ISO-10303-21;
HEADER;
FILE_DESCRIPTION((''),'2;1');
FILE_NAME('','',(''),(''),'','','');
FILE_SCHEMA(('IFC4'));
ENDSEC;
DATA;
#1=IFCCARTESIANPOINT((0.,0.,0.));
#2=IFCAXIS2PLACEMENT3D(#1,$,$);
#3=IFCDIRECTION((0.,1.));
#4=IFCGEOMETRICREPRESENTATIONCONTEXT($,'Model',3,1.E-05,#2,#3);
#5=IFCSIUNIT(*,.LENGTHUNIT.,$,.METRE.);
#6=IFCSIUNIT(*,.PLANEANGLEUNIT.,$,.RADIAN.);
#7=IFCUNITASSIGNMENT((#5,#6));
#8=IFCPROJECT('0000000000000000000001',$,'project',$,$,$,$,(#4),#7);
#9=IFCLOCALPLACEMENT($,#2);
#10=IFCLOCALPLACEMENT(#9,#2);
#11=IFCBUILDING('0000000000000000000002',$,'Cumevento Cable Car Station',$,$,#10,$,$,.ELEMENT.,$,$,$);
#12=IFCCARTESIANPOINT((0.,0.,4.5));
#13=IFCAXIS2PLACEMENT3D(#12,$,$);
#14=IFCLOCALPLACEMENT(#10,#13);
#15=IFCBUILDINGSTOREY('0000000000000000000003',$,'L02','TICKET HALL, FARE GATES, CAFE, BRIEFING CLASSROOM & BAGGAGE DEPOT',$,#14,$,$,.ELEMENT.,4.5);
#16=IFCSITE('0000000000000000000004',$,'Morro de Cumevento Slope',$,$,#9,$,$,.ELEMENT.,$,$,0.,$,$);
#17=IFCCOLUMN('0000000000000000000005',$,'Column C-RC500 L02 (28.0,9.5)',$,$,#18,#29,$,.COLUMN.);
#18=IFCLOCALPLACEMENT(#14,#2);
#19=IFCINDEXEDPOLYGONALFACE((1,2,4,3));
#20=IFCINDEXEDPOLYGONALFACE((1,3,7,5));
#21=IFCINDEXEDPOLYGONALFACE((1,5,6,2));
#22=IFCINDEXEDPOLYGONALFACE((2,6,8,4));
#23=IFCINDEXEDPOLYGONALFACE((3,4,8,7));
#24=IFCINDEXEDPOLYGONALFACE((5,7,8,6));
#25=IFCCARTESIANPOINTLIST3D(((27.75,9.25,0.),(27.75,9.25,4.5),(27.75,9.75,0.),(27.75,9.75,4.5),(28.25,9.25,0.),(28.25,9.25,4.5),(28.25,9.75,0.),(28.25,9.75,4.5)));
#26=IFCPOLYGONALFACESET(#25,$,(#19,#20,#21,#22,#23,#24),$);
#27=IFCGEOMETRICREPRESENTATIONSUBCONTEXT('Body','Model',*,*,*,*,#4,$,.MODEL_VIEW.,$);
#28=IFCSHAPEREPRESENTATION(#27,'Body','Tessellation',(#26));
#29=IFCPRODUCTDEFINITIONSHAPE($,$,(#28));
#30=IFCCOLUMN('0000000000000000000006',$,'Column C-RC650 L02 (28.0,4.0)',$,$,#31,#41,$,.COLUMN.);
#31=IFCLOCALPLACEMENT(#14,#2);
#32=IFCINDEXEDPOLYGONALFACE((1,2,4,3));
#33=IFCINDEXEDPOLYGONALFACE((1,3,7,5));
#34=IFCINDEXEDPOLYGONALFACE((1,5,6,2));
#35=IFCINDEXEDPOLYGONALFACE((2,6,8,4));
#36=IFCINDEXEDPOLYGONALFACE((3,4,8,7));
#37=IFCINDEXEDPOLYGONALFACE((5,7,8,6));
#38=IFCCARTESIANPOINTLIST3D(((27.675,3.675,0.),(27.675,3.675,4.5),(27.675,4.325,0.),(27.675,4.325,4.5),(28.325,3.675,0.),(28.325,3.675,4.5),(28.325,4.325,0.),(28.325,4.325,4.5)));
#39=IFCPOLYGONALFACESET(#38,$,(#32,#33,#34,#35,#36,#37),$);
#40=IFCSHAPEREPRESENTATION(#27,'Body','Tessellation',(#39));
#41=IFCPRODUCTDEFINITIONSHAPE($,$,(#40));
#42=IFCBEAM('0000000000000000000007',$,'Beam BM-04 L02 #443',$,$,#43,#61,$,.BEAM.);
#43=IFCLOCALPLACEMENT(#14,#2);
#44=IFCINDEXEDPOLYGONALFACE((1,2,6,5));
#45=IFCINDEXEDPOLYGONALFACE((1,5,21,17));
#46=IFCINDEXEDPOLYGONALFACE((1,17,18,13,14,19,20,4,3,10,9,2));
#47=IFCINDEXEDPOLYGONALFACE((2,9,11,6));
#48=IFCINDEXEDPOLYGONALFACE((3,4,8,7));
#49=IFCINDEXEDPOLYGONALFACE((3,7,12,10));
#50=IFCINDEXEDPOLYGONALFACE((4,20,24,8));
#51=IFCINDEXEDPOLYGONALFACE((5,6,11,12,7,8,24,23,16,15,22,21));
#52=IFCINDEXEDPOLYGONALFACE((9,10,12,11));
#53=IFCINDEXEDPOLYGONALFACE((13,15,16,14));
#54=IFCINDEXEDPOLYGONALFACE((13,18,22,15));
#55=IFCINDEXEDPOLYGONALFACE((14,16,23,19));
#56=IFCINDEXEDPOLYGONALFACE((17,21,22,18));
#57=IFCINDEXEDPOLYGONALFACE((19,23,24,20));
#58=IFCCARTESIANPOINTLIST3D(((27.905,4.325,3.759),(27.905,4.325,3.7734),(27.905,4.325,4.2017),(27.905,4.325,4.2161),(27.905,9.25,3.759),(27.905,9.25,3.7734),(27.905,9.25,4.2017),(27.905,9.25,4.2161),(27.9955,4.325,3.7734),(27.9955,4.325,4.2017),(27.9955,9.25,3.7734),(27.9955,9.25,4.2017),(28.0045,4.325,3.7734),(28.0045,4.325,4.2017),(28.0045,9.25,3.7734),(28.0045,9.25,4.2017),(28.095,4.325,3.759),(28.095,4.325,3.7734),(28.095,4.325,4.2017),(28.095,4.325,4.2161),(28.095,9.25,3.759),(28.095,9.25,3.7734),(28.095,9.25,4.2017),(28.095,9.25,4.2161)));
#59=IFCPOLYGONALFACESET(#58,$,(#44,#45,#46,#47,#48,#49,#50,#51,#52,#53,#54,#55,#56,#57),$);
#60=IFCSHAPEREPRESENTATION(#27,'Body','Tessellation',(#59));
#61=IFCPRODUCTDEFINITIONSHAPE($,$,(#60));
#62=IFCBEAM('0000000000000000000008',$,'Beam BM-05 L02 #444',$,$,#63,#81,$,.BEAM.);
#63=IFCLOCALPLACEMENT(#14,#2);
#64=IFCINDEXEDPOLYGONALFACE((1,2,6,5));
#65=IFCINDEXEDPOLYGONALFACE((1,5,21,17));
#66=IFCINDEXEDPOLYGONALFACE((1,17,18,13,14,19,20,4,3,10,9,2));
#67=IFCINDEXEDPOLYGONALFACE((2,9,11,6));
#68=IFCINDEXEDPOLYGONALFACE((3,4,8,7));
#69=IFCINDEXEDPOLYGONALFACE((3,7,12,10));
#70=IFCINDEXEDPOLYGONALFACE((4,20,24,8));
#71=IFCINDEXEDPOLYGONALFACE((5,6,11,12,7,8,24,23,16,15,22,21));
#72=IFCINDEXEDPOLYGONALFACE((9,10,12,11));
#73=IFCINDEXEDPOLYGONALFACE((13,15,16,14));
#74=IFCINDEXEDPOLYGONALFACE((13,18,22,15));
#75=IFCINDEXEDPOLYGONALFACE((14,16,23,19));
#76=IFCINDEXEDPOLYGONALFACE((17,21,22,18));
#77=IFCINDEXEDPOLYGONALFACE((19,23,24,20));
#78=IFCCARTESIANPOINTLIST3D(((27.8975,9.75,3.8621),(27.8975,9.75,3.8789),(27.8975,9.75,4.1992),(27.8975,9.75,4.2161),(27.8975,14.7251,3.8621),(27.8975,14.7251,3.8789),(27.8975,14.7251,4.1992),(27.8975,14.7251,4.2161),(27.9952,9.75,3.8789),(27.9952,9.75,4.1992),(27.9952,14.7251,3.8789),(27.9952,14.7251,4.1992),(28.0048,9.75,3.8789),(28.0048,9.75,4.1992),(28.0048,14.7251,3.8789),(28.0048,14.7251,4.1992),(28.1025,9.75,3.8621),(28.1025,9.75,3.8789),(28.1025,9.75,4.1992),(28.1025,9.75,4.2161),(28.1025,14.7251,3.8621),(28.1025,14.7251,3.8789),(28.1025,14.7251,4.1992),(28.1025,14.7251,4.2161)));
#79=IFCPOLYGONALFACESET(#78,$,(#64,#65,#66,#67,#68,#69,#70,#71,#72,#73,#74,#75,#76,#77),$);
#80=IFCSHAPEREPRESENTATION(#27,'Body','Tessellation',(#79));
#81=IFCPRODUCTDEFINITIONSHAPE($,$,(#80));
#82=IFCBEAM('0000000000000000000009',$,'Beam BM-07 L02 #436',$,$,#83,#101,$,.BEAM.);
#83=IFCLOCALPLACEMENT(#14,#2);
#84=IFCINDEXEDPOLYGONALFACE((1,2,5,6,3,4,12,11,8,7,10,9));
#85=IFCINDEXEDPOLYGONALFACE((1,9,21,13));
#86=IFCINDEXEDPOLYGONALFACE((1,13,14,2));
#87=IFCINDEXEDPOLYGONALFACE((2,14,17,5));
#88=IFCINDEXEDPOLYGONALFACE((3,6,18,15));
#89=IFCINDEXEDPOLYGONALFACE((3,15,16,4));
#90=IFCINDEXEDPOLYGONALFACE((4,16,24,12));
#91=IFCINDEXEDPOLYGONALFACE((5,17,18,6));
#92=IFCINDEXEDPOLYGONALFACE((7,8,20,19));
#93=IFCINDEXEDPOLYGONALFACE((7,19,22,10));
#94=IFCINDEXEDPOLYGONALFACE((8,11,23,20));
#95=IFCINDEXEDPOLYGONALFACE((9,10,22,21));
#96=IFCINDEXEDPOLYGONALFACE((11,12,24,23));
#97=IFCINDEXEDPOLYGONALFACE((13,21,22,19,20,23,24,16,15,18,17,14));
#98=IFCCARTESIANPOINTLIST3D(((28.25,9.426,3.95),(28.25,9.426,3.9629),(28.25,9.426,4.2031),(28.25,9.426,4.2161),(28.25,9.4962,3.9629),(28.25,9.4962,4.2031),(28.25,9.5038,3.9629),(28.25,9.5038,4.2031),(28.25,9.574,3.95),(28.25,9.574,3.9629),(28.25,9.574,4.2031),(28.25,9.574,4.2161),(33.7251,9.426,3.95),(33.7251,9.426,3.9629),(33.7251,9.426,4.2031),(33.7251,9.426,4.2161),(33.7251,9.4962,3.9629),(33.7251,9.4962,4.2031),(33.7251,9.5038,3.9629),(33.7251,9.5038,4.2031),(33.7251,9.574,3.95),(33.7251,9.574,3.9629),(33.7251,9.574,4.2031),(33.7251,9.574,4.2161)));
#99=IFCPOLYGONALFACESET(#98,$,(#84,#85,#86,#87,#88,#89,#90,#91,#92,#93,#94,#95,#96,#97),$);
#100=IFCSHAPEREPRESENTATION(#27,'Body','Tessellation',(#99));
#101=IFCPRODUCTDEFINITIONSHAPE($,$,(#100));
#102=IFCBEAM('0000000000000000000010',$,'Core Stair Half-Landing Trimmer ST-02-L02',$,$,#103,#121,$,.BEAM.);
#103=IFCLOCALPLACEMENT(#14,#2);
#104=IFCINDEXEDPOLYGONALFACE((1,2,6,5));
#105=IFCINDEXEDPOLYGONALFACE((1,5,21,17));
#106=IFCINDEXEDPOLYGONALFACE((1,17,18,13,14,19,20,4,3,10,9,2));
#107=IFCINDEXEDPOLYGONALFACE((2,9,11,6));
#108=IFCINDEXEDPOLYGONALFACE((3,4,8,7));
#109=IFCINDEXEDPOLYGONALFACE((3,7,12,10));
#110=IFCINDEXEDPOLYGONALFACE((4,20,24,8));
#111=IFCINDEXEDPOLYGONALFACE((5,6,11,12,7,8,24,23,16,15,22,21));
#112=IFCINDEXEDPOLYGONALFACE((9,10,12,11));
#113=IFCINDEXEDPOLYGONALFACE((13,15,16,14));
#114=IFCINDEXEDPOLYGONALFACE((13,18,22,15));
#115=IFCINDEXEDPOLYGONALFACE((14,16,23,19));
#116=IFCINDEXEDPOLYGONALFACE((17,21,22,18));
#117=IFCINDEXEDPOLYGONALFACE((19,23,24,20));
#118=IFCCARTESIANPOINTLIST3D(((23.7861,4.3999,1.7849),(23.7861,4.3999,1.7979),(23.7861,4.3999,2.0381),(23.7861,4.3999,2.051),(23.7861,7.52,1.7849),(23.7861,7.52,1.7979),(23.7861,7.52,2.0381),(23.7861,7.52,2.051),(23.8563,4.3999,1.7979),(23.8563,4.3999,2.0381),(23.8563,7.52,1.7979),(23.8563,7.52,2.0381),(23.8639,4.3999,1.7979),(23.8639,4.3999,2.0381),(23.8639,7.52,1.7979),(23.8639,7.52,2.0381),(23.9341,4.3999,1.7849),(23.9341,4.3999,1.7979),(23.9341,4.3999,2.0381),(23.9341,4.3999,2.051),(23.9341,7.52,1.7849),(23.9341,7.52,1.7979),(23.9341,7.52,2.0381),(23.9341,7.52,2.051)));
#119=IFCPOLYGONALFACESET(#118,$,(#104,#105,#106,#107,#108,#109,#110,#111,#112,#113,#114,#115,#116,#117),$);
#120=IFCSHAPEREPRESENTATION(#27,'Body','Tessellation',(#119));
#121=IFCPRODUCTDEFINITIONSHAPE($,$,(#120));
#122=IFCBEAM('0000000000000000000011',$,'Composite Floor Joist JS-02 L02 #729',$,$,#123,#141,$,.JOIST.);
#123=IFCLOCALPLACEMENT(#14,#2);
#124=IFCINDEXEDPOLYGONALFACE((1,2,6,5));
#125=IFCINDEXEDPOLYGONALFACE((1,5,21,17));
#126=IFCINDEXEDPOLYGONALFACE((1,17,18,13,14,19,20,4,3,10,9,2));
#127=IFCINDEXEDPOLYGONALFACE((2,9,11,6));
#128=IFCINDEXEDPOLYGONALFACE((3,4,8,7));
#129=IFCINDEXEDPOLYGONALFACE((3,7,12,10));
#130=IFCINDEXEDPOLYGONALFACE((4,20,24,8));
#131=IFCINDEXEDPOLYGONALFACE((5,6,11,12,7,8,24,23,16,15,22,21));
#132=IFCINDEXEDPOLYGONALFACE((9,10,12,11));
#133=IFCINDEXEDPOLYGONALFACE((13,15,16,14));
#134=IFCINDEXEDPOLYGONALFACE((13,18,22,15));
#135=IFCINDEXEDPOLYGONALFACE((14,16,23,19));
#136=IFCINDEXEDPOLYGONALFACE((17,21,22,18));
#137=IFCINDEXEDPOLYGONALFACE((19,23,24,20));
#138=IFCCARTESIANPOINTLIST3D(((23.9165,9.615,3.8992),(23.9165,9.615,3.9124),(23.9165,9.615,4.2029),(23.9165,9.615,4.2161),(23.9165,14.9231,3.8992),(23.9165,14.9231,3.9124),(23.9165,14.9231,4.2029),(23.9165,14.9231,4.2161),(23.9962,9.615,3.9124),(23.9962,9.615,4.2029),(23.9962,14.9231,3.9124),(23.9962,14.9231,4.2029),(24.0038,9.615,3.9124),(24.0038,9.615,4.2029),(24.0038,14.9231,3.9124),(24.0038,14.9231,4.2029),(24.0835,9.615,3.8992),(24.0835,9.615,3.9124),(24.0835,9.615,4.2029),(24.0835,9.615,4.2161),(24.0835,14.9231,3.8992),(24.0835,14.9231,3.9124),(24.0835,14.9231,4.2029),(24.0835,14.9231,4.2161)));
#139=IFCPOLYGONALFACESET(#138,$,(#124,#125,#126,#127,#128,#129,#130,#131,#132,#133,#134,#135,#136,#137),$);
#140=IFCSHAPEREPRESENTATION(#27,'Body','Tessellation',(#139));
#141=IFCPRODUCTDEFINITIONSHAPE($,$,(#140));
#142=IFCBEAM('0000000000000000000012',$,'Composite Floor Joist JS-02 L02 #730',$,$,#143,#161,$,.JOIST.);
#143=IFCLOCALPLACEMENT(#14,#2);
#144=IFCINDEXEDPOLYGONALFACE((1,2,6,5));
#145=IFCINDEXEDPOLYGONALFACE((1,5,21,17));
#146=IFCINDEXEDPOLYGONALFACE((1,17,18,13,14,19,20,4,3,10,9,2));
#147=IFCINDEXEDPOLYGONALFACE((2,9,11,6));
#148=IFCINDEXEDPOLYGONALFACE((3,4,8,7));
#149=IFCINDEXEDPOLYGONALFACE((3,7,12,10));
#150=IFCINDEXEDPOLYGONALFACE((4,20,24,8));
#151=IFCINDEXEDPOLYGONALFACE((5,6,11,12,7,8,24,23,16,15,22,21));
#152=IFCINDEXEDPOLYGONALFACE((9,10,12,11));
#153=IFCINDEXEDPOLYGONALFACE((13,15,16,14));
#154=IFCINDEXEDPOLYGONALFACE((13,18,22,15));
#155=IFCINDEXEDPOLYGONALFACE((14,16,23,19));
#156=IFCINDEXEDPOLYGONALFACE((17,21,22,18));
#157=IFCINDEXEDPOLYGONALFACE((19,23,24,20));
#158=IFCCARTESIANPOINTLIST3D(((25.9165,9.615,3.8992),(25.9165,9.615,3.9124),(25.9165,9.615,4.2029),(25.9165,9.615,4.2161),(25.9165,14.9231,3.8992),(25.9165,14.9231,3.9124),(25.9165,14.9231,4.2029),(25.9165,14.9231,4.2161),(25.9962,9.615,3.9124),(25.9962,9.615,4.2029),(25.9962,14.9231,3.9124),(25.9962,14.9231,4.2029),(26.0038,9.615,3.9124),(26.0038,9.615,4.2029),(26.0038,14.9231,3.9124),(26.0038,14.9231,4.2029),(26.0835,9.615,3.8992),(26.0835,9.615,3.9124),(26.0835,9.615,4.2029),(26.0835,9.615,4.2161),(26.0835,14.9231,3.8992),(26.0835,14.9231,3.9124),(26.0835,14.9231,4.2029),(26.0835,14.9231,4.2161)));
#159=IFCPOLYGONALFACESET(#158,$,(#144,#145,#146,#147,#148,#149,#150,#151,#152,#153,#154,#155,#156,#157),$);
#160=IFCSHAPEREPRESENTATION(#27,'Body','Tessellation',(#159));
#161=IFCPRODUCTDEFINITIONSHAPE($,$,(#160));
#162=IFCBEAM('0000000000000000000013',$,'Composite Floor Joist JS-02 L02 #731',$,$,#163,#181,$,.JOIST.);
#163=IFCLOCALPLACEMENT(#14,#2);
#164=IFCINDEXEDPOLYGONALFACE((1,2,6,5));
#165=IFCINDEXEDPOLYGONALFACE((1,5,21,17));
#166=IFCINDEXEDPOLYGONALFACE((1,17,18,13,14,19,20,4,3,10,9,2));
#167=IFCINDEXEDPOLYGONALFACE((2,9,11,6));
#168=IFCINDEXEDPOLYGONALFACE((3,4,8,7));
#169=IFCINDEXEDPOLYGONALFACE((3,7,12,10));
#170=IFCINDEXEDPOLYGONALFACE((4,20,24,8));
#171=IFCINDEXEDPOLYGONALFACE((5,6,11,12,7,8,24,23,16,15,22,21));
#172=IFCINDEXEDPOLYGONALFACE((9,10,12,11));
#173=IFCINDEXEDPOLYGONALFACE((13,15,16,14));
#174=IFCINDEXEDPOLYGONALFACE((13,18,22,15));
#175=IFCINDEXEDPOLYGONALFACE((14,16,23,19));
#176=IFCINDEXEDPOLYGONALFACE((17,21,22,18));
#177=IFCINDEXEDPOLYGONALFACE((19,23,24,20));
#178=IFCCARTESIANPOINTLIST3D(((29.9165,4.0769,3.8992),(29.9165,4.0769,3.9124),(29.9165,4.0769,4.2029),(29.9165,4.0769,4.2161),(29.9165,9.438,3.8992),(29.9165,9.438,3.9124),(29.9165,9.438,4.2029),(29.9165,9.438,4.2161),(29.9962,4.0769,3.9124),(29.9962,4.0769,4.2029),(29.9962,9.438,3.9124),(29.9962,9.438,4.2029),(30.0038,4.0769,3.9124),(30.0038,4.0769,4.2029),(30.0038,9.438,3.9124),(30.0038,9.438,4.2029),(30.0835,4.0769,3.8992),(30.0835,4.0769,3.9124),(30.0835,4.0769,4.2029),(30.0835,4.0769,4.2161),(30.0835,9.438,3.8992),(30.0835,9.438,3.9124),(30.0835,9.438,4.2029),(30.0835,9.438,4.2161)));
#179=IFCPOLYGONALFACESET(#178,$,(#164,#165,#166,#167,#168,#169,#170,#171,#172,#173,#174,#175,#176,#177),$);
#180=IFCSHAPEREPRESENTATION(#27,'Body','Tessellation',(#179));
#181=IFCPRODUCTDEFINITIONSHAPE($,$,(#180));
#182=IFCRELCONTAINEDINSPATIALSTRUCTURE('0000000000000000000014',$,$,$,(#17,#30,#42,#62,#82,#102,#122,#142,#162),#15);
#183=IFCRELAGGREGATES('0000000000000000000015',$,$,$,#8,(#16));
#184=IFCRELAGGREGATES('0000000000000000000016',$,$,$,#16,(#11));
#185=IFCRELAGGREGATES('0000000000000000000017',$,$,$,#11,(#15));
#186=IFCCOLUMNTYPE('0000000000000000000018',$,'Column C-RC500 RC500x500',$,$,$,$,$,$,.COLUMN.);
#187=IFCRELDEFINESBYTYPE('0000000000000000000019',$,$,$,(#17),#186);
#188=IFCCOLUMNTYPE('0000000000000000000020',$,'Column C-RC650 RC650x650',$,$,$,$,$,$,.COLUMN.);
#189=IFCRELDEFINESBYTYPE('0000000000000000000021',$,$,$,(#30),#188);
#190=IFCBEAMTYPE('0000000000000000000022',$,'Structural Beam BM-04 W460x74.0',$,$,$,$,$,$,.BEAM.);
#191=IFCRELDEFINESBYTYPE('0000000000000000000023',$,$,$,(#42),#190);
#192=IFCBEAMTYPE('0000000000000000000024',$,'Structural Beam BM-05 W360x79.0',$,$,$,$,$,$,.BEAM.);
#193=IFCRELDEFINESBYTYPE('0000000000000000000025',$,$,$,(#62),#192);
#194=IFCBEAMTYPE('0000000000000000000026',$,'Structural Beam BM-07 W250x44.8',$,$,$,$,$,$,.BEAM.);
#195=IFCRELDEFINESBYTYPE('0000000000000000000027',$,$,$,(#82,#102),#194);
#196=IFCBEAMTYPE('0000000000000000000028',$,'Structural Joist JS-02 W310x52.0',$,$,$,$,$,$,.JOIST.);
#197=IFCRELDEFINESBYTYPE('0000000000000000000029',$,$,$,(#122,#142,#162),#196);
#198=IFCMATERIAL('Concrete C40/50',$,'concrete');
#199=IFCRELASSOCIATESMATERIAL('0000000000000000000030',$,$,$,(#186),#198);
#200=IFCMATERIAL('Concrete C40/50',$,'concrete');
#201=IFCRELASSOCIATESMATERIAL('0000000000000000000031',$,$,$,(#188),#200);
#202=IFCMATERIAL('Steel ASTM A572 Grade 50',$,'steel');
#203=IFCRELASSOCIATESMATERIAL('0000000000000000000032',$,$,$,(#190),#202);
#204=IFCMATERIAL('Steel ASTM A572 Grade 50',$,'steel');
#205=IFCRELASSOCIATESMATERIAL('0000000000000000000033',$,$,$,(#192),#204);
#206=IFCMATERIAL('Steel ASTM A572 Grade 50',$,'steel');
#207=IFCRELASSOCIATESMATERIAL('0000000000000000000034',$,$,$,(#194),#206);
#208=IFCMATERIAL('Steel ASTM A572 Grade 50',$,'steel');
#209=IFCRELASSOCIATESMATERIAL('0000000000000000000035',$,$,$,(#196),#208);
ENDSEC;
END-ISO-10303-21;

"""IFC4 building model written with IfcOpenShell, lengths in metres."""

from ifc_helpers import new_model, si_unit, direction, frame, origin, origin_2d, place, context, subcontext, project, spatial, rectangle, i_section, extrude, material, material_profile, profile_set, type_object, element, save


model = new_model("IFC4")

# Units and contexts
model_context = context("Model", 3, precision=1e-05, world=origin(), true_north=direction((0.0, 1.0)))
body_context = subcontext(model_context, "Body", "Model", "MODEL_VIEW")
ifc_project = project(units=[si_unit("LENGTHUNIT", "METRE"), si_unit("PLANEANGLEUNIT", "RADIAN")], contexts=[model_context])

# Site, building, storey
site_placement = place(None, origin())
site = spatial("IfcSite", under=ifc_project, at=site_placement, Name="Morro de Cumevento Slope", CompositionType="ELEMENT", RefElevation=0.0)
building_placement = place(site_placement, origin())
building = spatial("IfcBuilding", under=site, at=building_placement, Name="Cumevento Cable Car Station", CompositionType="ELEMENT")
storey_placement = place(building_placement, frame((0.0, 0.0, 4.5)))
storey = spatial("IfcBuildingStorey", under=building, at=storey_placement, Name="L02", Description="TICKET HALL, FARE GATES, CAFE, BRIEFING CLASSROOM & BAGGAGE DEPOT", CompositionType="ELEMENT", Elevation=4.5)

# Columns
ifc_material_1 = material(Name="Concrete C40/50", Category="concrete")
ifc_material_profile_1 = material_profile(ifc_material_1, rectangle(XDim=0.5, YDim=0.5, at=origin_2d()), Name="RC500x500")
ifc_profile_set_1 = profile_set([ifc_material_profile_1], Name="Concrete C40/50")
column_type_1 = type_object("IfcColumnType", Name="Column C-RC500 RC500x500", PredefinedType="COLUMN", material=ifc_profile_set_1)
column_1_placement = place(storey_placement, frame((28.0, 9.5, 0.0), z_axis=(0.0, 0.0, 1.0), x_axis=(1.0, 0.0, 0.0)))
element("IfcColumn", 1, at=column_1_placement, inside=storey, type_object=column_type_1, Name="Column C-RC500 L02 (28.0,9.5)", PredefinedType="COLUMN", context=body_context, shape_type="SweptSolid", body=[
    extrude(rectangle(XDim=0.5, YDim=0.5, at=origin_2d()), origin(), (0.0, 0.0, 1.0), 4.5),
])
ifc_material_2 = material(Name="Concrete C40/50", Category="concrete")
ifc_material_profile_2 = material_profile(ifc_material_2, rectangle(XDim=0.6499, YDim=0.6499, at=origin_2d()), Name="RC650x650")
ifc_profile_set_2 = profile_set([ifc_material_profile_2], Name="Concrete C40/50")
column_type_2 = type_object("IfcColumnType", Name="Column C-RC650 RC650x650", PredefinedType="COLUMN", material=ifc_profile_set_2)
column_2_placement = place(storey_placement, frame((28.0, 4.0, 0.0), z_axis=(0.0, 0.0, 1.0), x_axis=(1.0, 0.0, 0.0)))
element("IfcColumn", 2, at=column_2_placement, inside=storey, type_object=column_type_2, Name="Column C-RC650 L02 (28.0,4.0)", PredefinedType="COLUMN", context=body_context, shape_type="SweptSolid", body=[
    extrude(rectangle(XDim=0.6499, YDim=0.6499, at=origin_2d()), origin(), (0.0, 0.0, 1.0), 4.5),
])

# Beams
ifc_material_3 = material(Name="Steel ASTM A572 Grade 50", Category="steel")
ifc_material_profile_3 = material_profile(ifc_material_3, i_section(OverallWidth=0.1899, OverallDepth=0.457, WebThickness=0.009, FlangeThickness=0.0144, at=origin_2d()), Name="W460x74.0")
ifc_profile_set_3 = profile_set([ifc_material_profile_3], Name="Steel ASTM A572 Grade 50")
beam_type_1 = type_object("IfcBeamType", Name="Structural Beam BM-04 W460x74.0", PredefinedType="BEAM", material=ifc_profile_set_3)
beam_1_placement = place(storey_placement, frame((28.0, 4.325, 3.9875), z_axis=(0.0, 1.0, 0.0), x_axis=(-1.0, 0.0, 0.0)))
element("IfcBeam", 3, at=beam_1_placement, inside=storey, type_object=beam_type_1, Name="Beam BM-04 L02 #443", PredefinedType="BEAM", context=body_context, shape_type="SweptSolid", body=[
    extrude(i_section(OverallWidth=0.1899, OverallDepth=0.457, WebThickness=0.009, FlangeThickness=0.0144, at=origin_2d()), origin(), (0.0, 0.0, 1.0), 4.925),
])
ifc_material_4 = material(Name="Steel ASTM A572 Grade 50", Category="steel")
ifc_material_profile_4 = material_profile(ifc_material_4, i_section(OverallWidth=0.2051, OverallDepth=0.354, WebThickness=0.0095, FlangeThickness=0.0168, at=origin_2d()), Name="W360x79.0")
ifc_profile_set_4 = profile_set([ifc_material_profile_4], Name="Steel ASTM A572 Grade 50")
beam_type_2 = type_object("IfcBeamType", Name="Structural Beam BM-05 W360x79.0", PredefinedType="BEAM", material=ifc_profile_set_4)
beam_2_placement = place(storey_placement, frame((28.0, 9.75, 4.0391), z_axis=(0.0, 1.0, 0.0), x_axis=(-1.0, 0.0, 0.0)))
element("IfcBeam", 4, at=beam_2_placement, inside=storey, type_object=beam_type_2, Name="Beam BM-05 L02 #444", PredefinedType="BEAM", context=body_context, shape_type="SweptSolid", body=[
    extrude(i_section(OverallWidth=0.2051, OverallDepth=0.354, WebThickness=0.0095, FlangeThickness=0.0168, at=origin_2d()), origin(), (0.0, 0.0, 1.0), 4.9751),
])
ifc_material_5 = material(Name="Steel ASTM A572 Grade 50", Category="steel")
ifc_material_profile_5 = material_profile(ifc_material_5, i_section(OverallWidth=0.1479, OverallDepth=0.2661, WebThickness=0.0076, FlangeThickness=0.0129, at=origin_2d()), Name="W250x44.8")
ifc_profile_set_5 = profile_set([ifc_material_profile_5], Name="Steel ASTM A572 Grade 50")
beam_type_3 = type_object("IfcBeamType", Name="Structural Beam BM-07 W250x44.8", PredefinedType="BEAM", material=ifc_profile_set_5)
beam_3_placement = place(storey_placement, frame((28.25, 9.5, 4.083), z_axis=(1.0, 0.0, 0.0), x_axis=(0.0, 1.0, 0.0)))
element("IfcBeam", 5, at=beam_3_placement, inside=storey, type_object=beam_type_3, Name="Beam BM-07 L02 #436", PredefinedType="BEAM", context=body_context, shape_type="SweptSolid", body=[
    extrude(i_section(OverallWidth=0.1479, OverallDepth=0.2661, WebThickness=0.0076, FlangeThickness=0.0129, at=origin_2d()), origin(), (0.0, 0.0, 1.0), 5.4751),
])
beam_4_placement = place(storey_placement, frame((23.8601, 4.3999, 1.918), z_axis=(0.0, 1.0, 0.0), x_axis=(-1.0, 0.0, 0.0)))
element("IfcBeam", 6, at=beam_4_placement, inside=storey, type_object=beam_type_3, Name="Core Stair Half-Landing Trimmer ST-02-L02", PredefinedType="BEAM", context=body_context, shape_type="SweptSolid", body=[
    extrude(i_section(OverallWidth=0.1479, OverallDepth=0.2661, WebThickness=0.0076, FlangeThickness=0.0129, at=origin_2d()), origin(), (0.0, 0.0, 1.0), 3.1201),
])
ifc_material_6 = material(Name="Steel ASTM A572 Grade 50", Category="steel")
ifc_material_profile_6 = material_profile(ifc_material_6, i_section(OverallWidth=0.167, OverallDepth=0.3169, WebThickness=0.0076, FlangeThickness=0.0132, at=origin_2d()), Name="W310x52.0")
ifc_profile_set_6 = profile_set([ifc_material_profile_6], Name="Steel ASTM A572 Grade 50")
beam_type_4 = type_object("IfcBeamType", Name="Structural Joist JS-02 W310x52.0", PredefinedType="JOIST", material=ifc_profile_set_6)
for number, where, z_axis, x_axis, name in (
    (7, (24.0, 9.615, 4.0576), (0.0, 1.0, 0.0), (-1.0, 0.0, 0.0), "Composite Floor Joist JS-02 L02 #729"),
    (8, (26.0, 9.615, 4.0576), (0.0, 1.0, 0.0), (-1.0, 0.0, 0.0), "Composite Floor Joist JS-02 L02 #730"),
):
    element("IfcBeam", number, at=place(storey_placement, frame(where, z_axis=z_axis, x_axis=x_axis)), inside=storey, type_object=beam_type_4, Name=name, PredefinedType="JOIST", context=body_context, shape_type="SweptSolid", body=[
        extrude(i_section(OverallWidth=0.167, OverallDepth=0.3169, WebThickness=0.0076, FlangeThickness=0.0132, at=origin_2d()), origin(), (0.0, 0.0, 1.0), 5.3081),
    ])
for number, where, z_axis, x_axis, name in (
    (9, (30.0, 4.0769, 4.0576), (0.0, 1.0, 0.0), (-1.0, 0.0, 0.0), "Composite Floor Joist JS-02 L02 #731"),
):
    element("IfcBeam", number, at=place(storey_placement, frame(where, z_axis=z_axis, x_axis=x_axis)), inside=storey, type_object=beam_type_4, Name=name, PredefinedType="JOIST", context=body_context, shape_type="SweptSolid", body=[
        extrude(i_section(OverallWidth=0.167, OverallDepth=0.3169, WebThickness=0.0076, FlangeThickness=0.0132, at=origin_2d()), origin(), (0.0, 0.0, 1.0), 5.3611),
    ])

save(model, "model.ifc")
